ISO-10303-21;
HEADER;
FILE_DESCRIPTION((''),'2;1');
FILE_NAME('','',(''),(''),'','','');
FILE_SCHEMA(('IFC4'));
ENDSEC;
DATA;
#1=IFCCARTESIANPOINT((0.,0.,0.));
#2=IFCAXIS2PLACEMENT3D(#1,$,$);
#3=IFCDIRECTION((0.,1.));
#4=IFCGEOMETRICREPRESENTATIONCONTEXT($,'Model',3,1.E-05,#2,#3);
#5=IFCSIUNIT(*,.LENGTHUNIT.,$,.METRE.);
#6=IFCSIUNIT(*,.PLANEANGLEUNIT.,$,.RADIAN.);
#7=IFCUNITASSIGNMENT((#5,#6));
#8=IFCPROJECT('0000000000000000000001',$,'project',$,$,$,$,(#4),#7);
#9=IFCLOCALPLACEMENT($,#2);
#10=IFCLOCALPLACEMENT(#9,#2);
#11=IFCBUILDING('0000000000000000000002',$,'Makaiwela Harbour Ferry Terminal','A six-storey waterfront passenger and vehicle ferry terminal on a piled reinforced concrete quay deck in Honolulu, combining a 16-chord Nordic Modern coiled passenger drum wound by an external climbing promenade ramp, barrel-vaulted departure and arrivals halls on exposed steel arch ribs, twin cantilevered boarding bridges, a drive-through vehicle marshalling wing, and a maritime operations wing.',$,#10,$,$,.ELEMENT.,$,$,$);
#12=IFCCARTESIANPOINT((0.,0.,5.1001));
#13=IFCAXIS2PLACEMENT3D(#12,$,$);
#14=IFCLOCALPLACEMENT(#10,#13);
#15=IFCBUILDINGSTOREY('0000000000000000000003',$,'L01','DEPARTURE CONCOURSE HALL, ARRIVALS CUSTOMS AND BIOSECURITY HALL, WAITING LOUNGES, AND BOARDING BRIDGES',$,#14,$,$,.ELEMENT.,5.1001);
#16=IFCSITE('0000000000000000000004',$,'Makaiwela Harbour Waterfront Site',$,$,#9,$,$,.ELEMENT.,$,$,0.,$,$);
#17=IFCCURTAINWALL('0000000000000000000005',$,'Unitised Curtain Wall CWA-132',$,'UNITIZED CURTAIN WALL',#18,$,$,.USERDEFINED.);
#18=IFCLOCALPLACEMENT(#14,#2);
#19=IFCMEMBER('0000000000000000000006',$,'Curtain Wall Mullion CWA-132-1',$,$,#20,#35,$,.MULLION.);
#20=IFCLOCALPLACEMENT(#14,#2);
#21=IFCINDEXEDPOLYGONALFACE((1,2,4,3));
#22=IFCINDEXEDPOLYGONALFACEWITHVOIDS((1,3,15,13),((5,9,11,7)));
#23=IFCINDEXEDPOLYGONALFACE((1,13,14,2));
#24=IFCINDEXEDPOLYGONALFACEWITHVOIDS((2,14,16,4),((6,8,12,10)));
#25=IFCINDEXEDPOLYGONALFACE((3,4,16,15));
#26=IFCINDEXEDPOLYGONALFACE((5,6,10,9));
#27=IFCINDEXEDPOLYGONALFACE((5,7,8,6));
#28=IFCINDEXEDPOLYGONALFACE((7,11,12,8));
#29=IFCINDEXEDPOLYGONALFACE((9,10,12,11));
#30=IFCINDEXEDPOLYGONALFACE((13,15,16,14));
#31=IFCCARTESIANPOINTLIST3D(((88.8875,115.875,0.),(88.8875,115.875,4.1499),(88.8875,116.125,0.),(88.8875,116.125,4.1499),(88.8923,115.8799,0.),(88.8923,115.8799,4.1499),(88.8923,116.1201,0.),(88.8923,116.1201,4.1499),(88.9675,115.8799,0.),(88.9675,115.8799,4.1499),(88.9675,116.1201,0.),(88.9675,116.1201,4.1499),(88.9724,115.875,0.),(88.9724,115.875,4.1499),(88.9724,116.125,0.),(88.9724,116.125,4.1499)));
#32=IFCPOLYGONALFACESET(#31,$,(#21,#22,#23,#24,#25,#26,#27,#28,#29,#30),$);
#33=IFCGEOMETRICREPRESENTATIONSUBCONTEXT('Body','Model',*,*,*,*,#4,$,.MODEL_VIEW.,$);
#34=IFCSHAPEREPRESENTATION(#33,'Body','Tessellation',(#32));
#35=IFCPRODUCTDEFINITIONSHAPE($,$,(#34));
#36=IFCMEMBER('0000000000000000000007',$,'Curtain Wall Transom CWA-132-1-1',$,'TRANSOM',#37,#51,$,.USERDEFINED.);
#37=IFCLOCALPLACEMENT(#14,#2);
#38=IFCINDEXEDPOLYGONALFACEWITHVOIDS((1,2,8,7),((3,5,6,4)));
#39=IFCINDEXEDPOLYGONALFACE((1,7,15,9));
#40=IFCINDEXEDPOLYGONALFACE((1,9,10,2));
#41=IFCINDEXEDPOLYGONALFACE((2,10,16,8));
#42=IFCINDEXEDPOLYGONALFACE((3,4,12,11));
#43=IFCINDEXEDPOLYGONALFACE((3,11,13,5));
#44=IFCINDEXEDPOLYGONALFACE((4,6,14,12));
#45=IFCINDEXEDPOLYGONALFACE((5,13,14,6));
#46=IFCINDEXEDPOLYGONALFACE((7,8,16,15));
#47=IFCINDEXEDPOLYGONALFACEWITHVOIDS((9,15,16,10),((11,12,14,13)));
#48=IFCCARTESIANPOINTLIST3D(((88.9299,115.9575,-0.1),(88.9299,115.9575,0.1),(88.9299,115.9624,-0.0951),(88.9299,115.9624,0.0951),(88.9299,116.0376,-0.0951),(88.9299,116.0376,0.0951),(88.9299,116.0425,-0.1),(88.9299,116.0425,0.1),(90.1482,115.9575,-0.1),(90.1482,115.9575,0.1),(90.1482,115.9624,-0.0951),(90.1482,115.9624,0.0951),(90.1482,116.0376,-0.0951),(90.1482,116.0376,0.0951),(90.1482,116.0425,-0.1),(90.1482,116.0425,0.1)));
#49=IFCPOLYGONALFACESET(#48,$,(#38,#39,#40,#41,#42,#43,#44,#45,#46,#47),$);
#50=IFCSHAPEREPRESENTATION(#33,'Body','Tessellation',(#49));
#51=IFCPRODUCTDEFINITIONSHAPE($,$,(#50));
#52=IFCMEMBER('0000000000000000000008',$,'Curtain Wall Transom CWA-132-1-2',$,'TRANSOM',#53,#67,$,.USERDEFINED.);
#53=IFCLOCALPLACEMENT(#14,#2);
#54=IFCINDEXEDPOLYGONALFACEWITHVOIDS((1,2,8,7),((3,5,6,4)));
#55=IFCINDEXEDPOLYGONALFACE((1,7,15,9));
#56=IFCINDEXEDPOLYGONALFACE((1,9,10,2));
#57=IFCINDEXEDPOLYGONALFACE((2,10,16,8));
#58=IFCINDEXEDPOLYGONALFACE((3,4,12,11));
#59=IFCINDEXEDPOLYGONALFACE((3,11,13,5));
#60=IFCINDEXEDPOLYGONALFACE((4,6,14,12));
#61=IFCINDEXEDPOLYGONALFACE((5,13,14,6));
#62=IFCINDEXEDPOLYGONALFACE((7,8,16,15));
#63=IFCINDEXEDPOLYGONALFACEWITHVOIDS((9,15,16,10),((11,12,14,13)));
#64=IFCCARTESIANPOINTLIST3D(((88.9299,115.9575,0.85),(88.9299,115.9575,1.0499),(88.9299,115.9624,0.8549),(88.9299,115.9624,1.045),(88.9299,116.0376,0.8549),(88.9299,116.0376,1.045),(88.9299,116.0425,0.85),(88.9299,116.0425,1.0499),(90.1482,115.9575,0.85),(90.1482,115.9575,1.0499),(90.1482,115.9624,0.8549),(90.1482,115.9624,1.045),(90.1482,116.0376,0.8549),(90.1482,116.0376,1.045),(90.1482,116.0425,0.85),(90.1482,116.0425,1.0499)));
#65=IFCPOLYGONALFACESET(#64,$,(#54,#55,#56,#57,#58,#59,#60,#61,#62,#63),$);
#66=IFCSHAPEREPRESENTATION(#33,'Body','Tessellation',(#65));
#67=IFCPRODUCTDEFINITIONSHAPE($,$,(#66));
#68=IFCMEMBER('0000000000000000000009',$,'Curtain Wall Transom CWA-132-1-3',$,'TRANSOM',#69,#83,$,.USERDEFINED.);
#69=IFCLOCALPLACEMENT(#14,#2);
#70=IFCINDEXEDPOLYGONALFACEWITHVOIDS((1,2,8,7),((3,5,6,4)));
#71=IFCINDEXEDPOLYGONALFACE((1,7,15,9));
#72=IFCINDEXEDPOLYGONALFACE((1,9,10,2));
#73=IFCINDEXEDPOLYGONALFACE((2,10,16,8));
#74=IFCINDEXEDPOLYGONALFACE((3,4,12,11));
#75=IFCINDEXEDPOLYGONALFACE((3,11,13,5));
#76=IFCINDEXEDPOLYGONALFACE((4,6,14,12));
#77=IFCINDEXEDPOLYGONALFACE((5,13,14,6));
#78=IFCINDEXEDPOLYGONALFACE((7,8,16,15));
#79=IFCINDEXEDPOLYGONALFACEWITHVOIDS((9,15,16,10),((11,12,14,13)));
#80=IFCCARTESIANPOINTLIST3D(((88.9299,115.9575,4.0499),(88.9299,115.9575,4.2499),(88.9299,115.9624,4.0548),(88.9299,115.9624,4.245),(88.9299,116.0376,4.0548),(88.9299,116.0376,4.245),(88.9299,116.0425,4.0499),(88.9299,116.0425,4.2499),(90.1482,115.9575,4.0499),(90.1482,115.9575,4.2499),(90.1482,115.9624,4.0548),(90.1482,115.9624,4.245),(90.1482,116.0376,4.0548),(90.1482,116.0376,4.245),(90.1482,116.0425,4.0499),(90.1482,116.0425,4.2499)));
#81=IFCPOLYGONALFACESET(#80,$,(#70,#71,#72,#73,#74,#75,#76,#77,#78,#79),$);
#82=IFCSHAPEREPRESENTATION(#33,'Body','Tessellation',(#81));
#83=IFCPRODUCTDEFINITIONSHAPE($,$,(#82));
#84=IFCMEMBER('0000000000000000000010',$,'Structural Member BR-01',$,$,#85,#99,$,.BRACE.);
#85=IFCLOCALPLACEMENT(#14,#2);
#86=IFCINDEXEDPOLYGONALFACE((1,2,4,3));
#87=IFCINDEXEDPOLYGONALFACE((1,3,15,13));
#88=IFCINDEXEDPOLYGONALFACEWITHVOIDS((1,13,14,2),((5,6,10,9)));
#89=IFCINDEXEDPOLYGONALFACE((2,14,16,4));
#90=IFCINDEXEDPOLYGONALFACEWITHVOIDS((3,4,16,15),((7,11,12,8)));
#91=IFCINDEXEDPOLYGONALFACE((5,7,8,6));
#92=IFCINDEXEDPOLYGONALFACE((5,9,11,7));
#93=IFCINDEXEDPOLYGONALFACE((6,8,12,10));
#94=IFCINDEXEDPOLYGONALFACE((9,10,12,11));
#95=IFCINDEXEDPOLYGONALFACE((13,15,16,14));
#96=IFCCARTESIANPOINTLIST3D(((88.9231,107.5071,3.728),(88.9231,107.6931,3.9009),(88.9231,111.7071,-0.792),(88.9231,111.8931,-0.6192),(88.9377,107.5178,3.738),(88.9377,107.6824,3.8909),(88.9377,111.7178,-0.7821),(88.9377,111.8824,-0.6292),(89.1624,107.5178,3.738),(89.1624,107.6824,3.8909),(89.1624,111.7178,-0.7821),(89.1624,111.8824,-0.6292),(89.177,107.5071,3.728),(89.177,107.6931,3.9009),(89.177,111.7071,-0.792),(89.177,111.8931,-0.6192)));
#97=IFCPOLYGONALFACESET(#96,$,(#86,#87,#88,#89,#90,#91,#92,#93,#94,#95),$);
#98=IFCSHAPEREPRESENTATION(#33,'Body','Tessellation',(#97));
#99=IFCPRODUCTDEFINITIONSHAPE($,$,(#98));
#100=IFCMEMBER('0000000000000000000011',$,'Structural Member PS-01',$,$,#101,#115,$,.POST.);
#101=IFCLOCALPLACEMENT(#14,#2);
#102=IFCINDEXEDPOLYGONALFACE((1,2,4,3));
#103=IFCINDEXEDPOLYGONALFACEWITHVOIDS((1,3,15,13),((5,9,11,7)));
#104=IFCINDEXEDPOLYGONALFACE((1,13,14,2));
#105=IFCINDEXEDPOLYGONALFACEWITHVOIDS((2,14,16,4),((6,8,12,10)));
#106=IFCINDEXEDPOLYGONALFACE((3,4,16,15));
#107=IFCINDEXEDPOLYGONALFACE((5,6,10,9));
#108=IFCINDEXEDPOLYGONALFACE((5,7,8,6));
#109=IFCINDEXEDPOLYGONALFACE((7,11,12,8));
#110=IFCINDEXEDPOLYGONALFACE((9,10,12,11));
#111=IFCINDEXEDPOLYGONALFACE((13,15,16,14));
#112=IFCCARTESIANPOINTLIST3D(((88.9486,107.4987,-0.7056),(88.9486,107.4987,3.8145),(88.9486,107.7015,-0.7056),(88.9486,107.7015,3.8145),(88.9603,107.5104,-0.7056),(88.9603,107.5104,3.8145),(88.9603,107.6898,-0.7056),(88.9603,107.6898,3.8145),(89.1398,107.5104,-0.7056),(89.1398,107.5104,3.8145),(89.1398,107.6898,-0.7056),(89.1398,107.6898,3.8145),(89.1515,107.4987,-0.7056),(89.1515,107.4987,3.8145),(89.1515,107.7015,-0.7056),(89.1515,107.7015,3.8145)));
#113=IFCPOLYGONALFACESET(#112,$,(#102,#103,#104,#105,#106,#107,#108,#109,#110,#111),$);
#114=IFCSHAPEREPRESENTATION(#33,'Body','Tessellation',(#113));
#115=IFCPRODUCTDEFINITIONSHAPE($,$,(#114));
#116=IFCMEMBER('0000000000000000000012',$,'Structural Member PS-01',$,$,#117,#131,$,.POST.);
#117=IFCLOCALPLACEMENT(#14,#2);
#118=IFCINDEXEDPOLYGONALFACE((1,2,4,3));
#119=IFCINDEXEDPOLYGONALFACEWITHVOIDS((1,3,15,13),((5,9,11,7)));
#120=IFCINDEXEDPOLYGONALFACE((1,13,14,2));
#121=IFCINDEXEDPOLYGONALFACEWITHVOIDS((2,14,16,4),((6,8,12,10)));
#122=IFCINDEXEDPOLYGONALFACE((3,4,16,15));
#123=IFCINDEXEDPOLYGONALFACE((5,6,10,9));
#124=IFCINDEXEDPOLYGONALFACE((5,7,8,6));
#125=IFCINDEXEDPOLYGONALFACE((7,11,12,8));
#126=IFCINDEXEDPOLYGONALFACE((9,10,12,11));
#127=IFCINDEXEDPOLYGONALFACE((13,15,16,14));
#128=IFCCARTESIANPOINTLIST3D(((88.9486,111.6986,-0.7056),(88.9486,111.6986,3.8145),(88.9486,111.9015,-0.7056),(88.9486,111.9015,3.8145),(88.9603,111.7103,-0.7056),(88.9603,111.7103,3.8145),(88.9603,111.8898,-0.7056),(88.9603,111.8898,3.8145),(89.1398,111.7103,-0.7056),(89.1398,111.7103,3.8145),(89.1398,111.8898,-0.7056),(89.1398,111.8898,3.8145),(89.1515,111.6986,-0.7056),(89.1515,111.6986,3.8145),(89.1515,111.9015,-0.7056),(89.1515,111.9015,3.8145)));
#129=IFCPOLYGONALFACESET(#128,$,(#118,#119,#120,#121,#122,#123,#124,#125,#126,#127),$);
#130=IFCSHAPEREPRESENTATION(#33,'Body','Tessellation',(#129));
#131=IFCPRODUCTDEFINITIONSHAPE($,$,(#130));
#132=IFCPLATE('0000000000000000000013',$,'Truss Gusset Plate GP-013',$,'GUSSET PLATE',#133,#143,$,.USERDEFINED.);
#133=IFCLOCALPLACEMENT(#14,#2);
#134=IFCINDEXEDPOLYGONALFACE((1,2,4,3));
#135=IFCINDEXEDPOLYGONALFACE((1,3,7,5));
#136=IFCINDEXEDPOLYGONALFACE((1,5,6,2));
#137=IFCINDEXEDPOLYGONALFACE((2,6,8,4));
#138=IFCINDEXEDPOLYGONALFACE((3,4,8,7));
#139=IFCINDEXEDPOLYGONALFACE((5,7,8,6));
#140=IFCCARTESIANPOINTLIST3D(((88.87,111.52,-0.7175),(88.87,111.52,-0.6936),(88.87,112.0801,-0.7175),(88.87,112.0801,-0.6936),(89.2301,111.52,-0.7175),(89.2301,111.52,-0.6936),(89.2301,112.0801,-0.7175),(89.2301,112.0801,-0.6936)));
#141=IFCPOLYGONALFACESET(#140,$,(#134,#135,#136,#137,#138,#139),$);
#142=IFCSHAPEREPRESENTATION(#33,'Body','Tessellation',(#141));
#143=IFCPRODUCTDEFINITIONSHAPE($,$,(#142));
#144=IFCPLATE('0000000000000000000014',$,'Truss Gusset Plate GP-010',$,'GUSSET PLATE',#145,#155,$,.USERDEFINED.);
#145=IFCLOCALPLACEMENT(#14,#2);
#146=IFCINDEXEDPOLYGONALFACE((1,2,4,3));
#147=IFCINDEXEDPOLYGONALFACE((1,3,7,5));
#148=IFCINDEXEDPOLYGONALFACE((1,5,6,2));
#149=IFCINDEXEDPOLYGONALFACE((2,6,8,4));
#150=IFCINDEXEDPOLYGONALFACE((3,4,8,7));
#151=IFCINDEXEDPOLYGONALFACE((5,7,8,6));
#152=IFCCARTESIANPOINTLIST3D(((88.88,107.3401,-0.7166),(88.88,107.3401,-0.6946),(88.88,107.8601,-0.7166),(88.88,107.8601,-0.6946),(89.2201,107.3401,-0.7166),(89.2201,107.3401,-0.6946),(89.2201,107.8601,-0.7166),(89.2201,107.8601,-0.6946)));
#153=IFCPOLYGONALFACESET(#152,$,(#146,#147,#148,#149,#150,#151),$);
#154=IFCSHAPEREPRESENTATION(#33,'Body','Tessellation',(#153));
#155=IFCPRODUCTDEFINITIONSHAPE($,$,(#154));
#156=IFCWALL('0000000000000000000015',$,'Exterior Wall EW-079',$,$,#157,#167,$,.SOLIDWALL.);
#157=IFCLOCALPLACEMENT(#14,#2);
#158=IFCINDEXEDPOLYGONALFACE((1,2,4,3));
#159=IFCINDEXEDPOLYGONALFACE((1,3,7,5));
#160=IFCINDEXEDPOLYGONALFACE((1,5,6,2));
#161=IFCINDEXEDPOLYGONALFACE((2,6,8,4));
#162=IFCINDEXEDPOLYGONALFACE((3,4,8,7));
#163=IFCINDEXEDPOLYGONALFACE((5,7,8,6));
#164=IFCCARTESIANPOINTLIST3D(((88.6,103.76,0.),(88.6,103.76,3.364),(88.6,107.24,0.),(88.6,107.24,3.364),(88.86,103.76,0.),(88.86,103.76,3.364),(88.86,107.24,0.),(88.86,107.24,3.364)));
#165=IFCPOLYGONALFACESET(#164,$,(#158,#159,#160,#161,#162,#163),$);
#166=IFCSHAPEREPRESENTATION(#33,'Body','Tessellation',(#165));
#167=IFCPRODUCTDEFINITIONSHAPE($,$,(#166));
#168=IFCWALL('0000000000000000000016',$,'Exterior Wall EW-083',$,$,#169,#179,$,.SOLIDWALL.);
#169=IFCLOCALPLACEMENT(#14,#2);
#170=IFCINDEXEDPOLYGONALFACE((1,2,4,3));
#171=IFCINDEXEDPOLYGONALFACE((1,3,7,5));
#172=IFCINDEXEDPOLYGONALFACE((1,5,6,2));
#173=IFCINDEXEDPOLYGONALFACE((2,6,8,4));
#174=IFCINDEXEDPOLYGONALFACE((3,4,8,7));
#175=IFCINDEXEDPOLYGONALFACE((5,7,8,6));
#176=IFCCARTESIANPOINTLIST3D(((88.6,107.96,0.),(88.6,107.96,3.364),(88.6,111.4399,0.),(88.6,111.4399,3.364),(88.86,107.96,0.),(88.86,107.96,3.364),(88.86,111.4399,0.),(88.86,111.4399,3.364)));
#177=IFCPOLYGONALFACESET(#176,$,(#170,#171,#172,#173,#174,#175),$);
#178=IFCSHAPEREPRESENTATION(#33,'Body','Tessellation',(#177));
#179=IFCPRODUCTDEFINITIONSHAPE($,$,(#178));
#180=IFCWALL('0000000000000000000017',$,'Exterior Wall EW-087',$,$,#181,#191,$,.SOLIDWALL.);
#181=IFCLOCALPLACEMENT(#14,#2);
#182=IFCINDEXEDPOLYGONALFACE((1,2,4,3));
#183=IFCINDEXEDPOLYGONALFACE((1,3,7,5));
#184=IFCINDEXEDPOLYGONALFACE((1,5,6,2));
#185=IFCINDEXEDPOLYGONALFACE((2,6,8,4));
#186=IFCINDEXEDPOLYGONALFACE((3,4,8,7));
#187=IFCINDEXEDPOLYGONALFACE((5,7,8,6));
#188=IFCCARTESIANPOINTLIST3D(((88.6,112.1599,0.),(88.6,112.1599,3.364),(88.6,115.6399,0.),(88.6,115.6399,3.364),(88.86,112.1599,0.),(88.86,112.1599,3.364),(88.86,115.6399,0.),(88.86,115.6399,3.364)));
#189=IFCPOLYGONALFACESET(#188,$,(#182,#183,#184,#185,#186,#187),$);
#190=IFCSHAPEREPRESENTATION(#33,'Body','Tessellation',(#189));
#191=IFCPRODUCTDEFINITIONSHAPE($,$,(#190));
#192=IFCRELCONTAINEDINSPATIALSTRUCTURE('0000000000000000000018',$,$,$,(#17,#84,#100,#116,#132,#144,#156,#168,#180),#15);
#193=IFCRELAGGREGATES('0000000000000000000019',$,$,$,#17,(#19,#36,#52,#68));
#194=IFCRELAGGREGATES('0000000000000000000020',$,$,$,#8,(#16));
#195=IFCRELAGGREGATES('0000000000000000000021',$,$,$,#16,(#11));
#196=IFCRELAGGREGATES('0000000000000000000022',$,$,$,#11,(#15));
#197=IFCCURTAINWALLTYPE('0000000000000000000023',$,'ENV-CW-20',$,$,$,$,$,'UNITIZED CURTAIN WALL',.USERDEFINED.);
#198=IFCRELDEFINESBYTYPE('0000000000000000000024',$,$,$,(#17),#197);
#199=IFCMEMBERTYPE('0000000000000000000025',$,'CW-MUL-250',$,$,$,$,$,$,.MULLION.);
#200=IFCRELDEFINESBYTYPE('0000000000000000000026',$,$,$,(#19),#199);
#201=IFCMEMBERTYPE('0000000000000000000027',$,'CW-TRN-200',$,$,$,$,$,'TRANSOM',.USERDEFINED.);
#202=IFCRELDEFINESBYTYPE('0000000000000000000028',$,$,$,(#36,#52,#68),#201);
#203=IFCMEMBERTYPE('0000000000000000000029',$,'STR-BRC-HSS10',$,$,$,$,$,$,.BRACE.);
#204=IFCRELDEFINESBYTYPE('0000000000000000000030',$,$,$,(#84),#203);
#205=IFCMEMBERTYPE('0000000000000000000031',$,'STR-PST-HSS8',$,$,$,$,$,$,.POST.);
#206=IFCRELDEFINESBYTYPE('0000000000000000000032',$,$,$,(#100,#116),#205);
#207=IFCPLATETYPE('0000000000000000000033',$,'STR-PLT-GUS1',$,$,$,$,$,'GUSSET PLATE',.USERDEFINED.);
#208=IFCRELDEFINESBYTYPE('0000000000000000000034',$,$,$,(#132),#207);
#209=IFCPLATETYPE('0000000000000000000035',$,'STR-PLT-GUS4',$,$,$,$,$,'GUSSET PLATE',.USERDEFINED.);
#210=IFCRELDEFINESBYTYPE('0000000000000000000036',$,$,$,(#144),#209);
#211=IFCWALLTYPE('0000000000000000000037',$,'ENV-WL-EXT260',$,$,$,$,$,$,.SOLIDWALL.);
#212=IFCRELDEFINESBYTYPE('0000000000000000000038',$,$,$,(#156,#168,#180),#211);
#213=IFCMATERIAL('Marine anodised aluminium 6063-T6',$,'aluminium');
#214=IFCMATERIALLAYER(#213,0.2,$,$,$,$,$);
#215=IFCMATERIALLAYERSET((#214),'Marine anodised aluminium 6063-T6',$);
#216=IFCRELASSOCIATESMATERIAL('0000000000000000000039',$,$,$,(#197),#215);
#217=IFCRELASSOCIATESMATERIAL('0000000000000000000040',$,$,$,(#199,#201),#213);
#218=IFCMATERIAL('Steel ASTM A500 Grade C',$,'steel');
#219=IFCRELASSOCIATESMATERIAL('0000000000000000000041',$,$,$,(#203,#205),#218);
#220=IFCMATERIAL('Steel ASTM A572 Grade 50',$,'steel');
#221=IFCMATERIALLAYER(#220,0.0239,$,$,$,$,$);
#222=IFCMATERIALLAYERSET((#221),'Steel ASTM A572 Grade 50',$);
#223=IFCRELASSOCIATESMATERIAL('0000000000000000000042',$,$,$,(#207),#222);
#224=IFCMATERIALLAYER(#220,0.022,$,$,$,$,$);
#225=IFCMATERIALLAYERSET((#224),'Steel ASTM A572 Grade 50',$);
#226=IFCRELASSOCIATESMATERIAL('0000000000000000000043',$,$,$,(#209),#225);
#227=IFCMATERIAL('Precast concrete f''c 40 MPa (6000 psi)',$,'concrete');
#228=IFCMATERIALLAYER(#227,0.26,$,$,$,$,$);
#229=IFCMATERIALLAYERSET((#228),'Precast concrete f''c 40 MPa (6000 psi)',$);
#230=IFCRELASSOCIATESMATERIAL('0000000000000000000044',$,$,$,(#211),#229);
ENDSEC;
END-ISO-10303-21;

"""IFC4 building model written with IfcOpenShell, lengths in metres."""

from ifc_helpers import new_model, si_unit, direction, frame, frame_2d, origin, origin_2d, place, context, subcontext, project, spatial, rectangle, hollow_rectangle, extrude, material, layer, layer_set, material_profile, profile_set, type_object, element, aggregate, save


model = new_model("IFC4")

# Units and contexts
model_context = context("Model", 3, precision=1e-05, world=origin(), true_north=direction((0.0, 1.0)))
body_context = subcontext(model_context, "Body", "Model", "MODEL_VIEW")
ifc_project = project(units=[si_unit("LENGTHUNIT", "METRE"), si_unit("PLANEANGLEUNIT", "RADIAN")], contexts=[model_context])

# Site, building, storey
site_placement = place(None, origin())
site = spatial("IfcSite", under=ifc_project, at=site_placement, Name="Makaiwela Harbour Waterfront Site", CompositionType="ELEMENT", RefElevation=0.0)
building_placement = place(site_placement, origin())
building = spatial("IfcBuilding", under=site, at=building_placement, Name="Makaiwela Harbour Ferry Terminal", Description="A six-storey waterfront passenger and vehicle ferry terminal on a piled reinforced concrete quay deck in Honolulu, combining a 16-chord Nordic Modern coiled passenger drum wound by an external climbing promenade ramp, barrel-vaulted departure and arrivals halls on exposed steel arch ribs, twin cantilevered boarding bridges, a drive-through vehicle marshalling wing, and a maritime operations wing.", CompositionType="ELEMENT")
storey_placement = place(building_placement, frame((0.0, 0.0, 5.1001)))
storey = spatial("IfcBuildingStorey", under=building, at=storey_placement, Name="L01", Description="DEPARTURE CONCOURSE HALL, ARRIVALS CUSTOMS AND BIOSECURITY HALL, WAITING LOUNGES, AND BOARDING BRIDGES", CompositionType="ELEMENT", Elevation=5.1001)

# Curtain wall, members
ifc_material_1 = material(Name="Marine anodised aluminium 6063-T6", Category="aluminium")
ifc_layer_1 = layer(ifc_material_1, 0.2)
ifc_layer_set_1 = layer_set([ifc_layer_1], Name="Marine anodised aluminium 6063-T6")
curtain_wall_type = type_object("IfcCurtainWallType", Name="ENV-CW-20", ElementType="UNITIZED CURTAIN WALL", PredefinedType="USERDEFINED", material=ifc_layer_set_1)
curtain_wall_placement = place(storey_placement, origin())
curtain_wall = element("IfcCurtainWall", 1, at=curtain_wall_placement, inside=storey, type_object=curtain_wall_type, Name="Unitised Curtain Wall CWA-132", ObjectType="UNITIZED CURTAIN WALL", PredefinedType="USERDEFINED")
ifc_material_profile_1 = material_profile(ifc_material_1, hollow_rectangle(XDim=0.085, YDim=0.25, WallThickness=0.0049, at=origin_2d()), Name="CWM-250X85")
ifc_profile_set_1 = profile_set([ifc_material_profile_1], Name="Marine anodised aluminium 6063-T6")
member_type_1 = type_object("IfcMemberType", Name="CW-MUL-250", PredefinedType="MULLION", material=ifc_profile_set_1)
member_1_placement = place(storey_placement, frame((88.9299, 116.0, 0.0), z_axis=(0.0, 0.0, 1.0), x_axis=(1.0, 0.0, 0.0)))
member_1 = element("IfcMember", 2, at=member_1_placement, type_object=member_type_1, Name="Curtain Wall Mullion CWA-132-1", PredefinedType="MULLION", context=body_context, shape_type="SweptSolid", body=[
    extrude(hollow_rectangle(XDim=0.085, YDim=0.25, WallThickness=0.0049, at=origin_2d()), origin(), (0.0, 0.0, 1.0), 4.1499),
])
ifc_material_profile_2 = material_profile(ifc_material_1, hollow_rectangle(XDim=0.085, YDim=0.2, WallThickness=0.0049, at=origin_2d()), Name="CWT-200X85")
ifc_profile_set_2 = profile_set([ifc_material_profile_2], Name="Marine anodised aluminium 6063-T6")
member_type_2 = type_object("IfcMemberType", Name="CW-TRN-200", ElementType="TRANSOM", PredefinedType="USERDEFINED", material=ifc_profile_set_2)
member_2_placement = place(storey_placement, frame((88.9299, 116.0, 0.0), z_axis=(1.0, 0.0, 0.0), x_axis=(0.0, 1.0, 0.0)))
member_2 = element("IfcMember", 3, at=member_2_placement, type_object=member_type_2, Name="Curtain Wall Transom CWA-132-1-1", ObjectType="TRANSOM", PredefinedType="USERDEFINED", context=body_context, shape_type="SweptSolid", body=[
    extrude(hollow_rectangle(XDim=0.085, YDim=0.2, WallThickness=0.0049, at=origin_2d()), origin(), (0.0, 0.0, 1.0), 1.2183),
])
member_3_placement = place(storey_placement, frame((88.9299, 116.0, 0.95), z_axis=(1.0, 0.0, 0.0), x_axis=(0.0, 1.0, 0.0)))
member_3 = element("IfcMember", 4, at=member_3_placement, type_object=member_type_2, Name="Curtain Wall Transom CWA-132-1-2", ObjectType="TRANSOM", PredefinedType="USERDEFINED", context=body_context, shape_type="SweptSolid", body=[
    extrude(hollow_rectangle(XDim=0.085, YDim=0.2, WallThickness=0.0049, at=origin_2d()), origin(), (0.0, 0.0, 1.0), 1.2183),
])
member_4_placement = place(storey_placement, frame((88.9299, 116.0, 4.1499), z_axis=(1.0, 0.0, 0.0), x_axis=(0.0, 1.0, 0.0)))
member_4 = element("IfcMember", 5, at=member_4_placement, type_object=member_type_2, Name="Curtain Wall Transom CWA-132-1-3", ObjectType="TRANSOM", PredefinedType="USERDEFINED", context=body_context, shape_type="SweptSolid", body=[
    extrude(hollow_rectangle(XDim=0.085, YDim=0.2, WallThickness=0.0049, at=origin_2d()), origin(), (0.0, 0.0, 1.0), 1.2183),
])
aggregate(curtain_wall, [member_1, member_2, member_3, member_4])

# Members
ifc_material_2 = material(Name="Steel ASTM A500 Grade C", Category="steel")
ifc_material_profile_3 = material_profile(ifc_material_2, hollow_rectangle(XDim=0.2539, YDim=0.2539, WallThickness=0.0146, at=origin_2d()), Name="HSS10X10X5/8")
ifc_profile_set_3 = profile_set([ifc_material_profile_3], Name="Steel ASTM A500 Grade C")
member_type_3 = type_object("IfcMemberType", Name="STR-BRC-HSS10", PredefinedType="BRACE", material=ifc_profile_set_3)
member_5_placement = place(storey_placement, frame((89.05, 107.6001, 3.8145), z_axis=(0.0, 0.680694, -0.732568), x_axis=(-1.0, 0.0, 0.0)))
element("IfcMember", 6, at=member_5_placement, inside=storey, type_object=member_type_3, Name="Structural Member BR-01", PredefinedType="BRACE", context=body_context, shape_type="SweptSolid", body=[
    extrude(hollow_rectangle(XDim=0.2539, YDim=0.2539, WallThickness=0.0146, at=origin_2d()), origin(), (0.0, 0.0, 1.0), 6.1702),
])
ifc_material_profile_4 = material_profile(ifc_material_2, hollow_rectangle(XDim=0.2029, YDim=0.2029, WallThickness=0.0117, at=origin_2d()), Name="HSS8X8X1/2")
ifc_profile_set_4 = profile_set([ifc_material_profile_4], Name="Steel ASTM A500 Grade C")
member_type_4 = type_object("IfcMemberType", Name="STR-PST-HSS8", PredefinedType="POST", material=ifc_profile_set_4)
for number, where, z_axis, x_axis, name in (
    (7, (89.05, 107.6001, -0.7056), (0.0, 0.0, 1.0), (1.0, 0.0, 0.0), "Structural Member PS-01"),
    (8, (89.05, 111.8, -0.7056), (0.0, 0.0, 1.0), (1.0, 0.0, 0.0), "Structural Member PS-01"),
):
    element("IfcMember", number, at=place(storey_placement, frame(where, z_axis=z_axis, x_axis=x_axis)), inside=storey, type_object=member_type_4, Name=name, PredefinedType="POST", context=body_context, shape_type="SweptSolid", body=[
        extrude(hollow_rectangle(XDim=0.2029, YDim=0.2029, WallThickness=0.0117, at=origin_2d()), origin(), (0.0, 0.0, 1.0), 4.52),
    ])

# Plates
ifc_material_3 = material(Name="Steel ASTM A572 Grade 50", Category="steel")
ifc_layer_2 = layer(ifc_material_3, 0.0239)
ifc_layer_set_2 = layer_set([ifc_layer_2], Name="Steel ASTM A572 Grade 50")
plate_type_1 = type_object("IfcPlateType", Name="STR-PLT-GUS1", ElementType="GUSSET PLATE", PredefinedType="USERDEFINED", material=ifc_layer_set_2)
plate_1_placement = place(storey_placement, frame((89.05, 111.8, -0.7175), z_axis=(0.0, 0.0, 1.0), x_axis=(0.0, 1.0, 0.0)))
element("IfcPlate", 9, at=plate_1_placement, inside=storey, type_object=plate_type_1, Name="Truss Gusset Plate GP-013", ObjectType="GUSSET PLATE", PredefinedType="USERDEFINED", context=body_context, shape_type="SweptSolid", body=[
    extrude(rectangle(XDim=0.5601, YDim=0.3601, at=origin_2d()), origin(), (0.0, 0.0, 1.0), 0.0239),
])
ifc_layer_3 = layer(ifc_material_3, 0.022)
ifc_layer_set_3 = layer_set([ifc_layer_3], Name="Steel ASTM A572 Grade 50")
plate_type_2 = type_object("IfcPlateType", Name="STR-PLT-GUS4", ElementType="GUSSET PLATE", PredefinedType="USERDEFINED", material=ifc_layer_set_3)
plate_2_placement = place(storey_placement, frame((89.05, 107.6001, -0.7166), z_axis=(0.0, 0.0, 1.0), x_axis=(0.0, 1.0, 0.0)))
element("IfcPlate", 10, at=plate_2_placement, inside=storey, type_object=plate_type_2, Name="Truss Gusset Plate GP-010", ObjectType="GUSSET PLATE", PredefinedType="USERDEFINED", context=body_context, shape_type="SweptSolid", body=[
    extrude(rectangle(XDim=0.52, YDim=0.3401, at=origin_2d()), origin(), (0.0, 0.0, 1.0), 0.022),
])

# Walls
ifc_material_4 = material(Name="Precast concrete f'c 40 MPa (6000 psi)", Category="concrete")
ifc_layer_4 = layer(ifc_material_4, 0.26)
ifc_layer_set_4 = layer_set([ifc_layer_4], Name="Precast concrete f'c 40 MPa (6000 psi)")
wall_type_1 = type_object("IfcWallType", Name="ENV-WL-EXT260", PredefinedType="SOLIDWALL", material=ifc_layer_set_4)
for number, where, z_axis, x_axis, name in (
    (11, (88.73, 103.76, 0.0), (0.0, 0.0, 1.0), (0.0, 1.0, 0.0), "Exterior Wall EW-079"),
    (12, (88.73, 107.96, 0.0), (0.0, 0.0, 1.0), (0.0, 1.0, 0.0), "Exterior Wall EW-083"),
    (13, (88.73, 112.1599, 0.0), (0.0, 0.0, 1.0), (0.0, 1.0, 0.0), "Exterior Wall EW-087"),
):
    element("IfcWall", number, at=place(storey_placement, frame(where, z_axis=z_axis, x_axis=x_axis)), inside=storey, type_object=wall_type_1, Name=name, PredefinedType="SOLIDWALL", context=body_context, shape_type="SweptSolid", body=[
        extrude(rectangle(XDim=3.48, YDim=0.26, at=frame_2d((1.74, 0.0))), origin(), (0.0, 0.0, 1.0), 3.364),
    ])

save(model, "model.ifc")
